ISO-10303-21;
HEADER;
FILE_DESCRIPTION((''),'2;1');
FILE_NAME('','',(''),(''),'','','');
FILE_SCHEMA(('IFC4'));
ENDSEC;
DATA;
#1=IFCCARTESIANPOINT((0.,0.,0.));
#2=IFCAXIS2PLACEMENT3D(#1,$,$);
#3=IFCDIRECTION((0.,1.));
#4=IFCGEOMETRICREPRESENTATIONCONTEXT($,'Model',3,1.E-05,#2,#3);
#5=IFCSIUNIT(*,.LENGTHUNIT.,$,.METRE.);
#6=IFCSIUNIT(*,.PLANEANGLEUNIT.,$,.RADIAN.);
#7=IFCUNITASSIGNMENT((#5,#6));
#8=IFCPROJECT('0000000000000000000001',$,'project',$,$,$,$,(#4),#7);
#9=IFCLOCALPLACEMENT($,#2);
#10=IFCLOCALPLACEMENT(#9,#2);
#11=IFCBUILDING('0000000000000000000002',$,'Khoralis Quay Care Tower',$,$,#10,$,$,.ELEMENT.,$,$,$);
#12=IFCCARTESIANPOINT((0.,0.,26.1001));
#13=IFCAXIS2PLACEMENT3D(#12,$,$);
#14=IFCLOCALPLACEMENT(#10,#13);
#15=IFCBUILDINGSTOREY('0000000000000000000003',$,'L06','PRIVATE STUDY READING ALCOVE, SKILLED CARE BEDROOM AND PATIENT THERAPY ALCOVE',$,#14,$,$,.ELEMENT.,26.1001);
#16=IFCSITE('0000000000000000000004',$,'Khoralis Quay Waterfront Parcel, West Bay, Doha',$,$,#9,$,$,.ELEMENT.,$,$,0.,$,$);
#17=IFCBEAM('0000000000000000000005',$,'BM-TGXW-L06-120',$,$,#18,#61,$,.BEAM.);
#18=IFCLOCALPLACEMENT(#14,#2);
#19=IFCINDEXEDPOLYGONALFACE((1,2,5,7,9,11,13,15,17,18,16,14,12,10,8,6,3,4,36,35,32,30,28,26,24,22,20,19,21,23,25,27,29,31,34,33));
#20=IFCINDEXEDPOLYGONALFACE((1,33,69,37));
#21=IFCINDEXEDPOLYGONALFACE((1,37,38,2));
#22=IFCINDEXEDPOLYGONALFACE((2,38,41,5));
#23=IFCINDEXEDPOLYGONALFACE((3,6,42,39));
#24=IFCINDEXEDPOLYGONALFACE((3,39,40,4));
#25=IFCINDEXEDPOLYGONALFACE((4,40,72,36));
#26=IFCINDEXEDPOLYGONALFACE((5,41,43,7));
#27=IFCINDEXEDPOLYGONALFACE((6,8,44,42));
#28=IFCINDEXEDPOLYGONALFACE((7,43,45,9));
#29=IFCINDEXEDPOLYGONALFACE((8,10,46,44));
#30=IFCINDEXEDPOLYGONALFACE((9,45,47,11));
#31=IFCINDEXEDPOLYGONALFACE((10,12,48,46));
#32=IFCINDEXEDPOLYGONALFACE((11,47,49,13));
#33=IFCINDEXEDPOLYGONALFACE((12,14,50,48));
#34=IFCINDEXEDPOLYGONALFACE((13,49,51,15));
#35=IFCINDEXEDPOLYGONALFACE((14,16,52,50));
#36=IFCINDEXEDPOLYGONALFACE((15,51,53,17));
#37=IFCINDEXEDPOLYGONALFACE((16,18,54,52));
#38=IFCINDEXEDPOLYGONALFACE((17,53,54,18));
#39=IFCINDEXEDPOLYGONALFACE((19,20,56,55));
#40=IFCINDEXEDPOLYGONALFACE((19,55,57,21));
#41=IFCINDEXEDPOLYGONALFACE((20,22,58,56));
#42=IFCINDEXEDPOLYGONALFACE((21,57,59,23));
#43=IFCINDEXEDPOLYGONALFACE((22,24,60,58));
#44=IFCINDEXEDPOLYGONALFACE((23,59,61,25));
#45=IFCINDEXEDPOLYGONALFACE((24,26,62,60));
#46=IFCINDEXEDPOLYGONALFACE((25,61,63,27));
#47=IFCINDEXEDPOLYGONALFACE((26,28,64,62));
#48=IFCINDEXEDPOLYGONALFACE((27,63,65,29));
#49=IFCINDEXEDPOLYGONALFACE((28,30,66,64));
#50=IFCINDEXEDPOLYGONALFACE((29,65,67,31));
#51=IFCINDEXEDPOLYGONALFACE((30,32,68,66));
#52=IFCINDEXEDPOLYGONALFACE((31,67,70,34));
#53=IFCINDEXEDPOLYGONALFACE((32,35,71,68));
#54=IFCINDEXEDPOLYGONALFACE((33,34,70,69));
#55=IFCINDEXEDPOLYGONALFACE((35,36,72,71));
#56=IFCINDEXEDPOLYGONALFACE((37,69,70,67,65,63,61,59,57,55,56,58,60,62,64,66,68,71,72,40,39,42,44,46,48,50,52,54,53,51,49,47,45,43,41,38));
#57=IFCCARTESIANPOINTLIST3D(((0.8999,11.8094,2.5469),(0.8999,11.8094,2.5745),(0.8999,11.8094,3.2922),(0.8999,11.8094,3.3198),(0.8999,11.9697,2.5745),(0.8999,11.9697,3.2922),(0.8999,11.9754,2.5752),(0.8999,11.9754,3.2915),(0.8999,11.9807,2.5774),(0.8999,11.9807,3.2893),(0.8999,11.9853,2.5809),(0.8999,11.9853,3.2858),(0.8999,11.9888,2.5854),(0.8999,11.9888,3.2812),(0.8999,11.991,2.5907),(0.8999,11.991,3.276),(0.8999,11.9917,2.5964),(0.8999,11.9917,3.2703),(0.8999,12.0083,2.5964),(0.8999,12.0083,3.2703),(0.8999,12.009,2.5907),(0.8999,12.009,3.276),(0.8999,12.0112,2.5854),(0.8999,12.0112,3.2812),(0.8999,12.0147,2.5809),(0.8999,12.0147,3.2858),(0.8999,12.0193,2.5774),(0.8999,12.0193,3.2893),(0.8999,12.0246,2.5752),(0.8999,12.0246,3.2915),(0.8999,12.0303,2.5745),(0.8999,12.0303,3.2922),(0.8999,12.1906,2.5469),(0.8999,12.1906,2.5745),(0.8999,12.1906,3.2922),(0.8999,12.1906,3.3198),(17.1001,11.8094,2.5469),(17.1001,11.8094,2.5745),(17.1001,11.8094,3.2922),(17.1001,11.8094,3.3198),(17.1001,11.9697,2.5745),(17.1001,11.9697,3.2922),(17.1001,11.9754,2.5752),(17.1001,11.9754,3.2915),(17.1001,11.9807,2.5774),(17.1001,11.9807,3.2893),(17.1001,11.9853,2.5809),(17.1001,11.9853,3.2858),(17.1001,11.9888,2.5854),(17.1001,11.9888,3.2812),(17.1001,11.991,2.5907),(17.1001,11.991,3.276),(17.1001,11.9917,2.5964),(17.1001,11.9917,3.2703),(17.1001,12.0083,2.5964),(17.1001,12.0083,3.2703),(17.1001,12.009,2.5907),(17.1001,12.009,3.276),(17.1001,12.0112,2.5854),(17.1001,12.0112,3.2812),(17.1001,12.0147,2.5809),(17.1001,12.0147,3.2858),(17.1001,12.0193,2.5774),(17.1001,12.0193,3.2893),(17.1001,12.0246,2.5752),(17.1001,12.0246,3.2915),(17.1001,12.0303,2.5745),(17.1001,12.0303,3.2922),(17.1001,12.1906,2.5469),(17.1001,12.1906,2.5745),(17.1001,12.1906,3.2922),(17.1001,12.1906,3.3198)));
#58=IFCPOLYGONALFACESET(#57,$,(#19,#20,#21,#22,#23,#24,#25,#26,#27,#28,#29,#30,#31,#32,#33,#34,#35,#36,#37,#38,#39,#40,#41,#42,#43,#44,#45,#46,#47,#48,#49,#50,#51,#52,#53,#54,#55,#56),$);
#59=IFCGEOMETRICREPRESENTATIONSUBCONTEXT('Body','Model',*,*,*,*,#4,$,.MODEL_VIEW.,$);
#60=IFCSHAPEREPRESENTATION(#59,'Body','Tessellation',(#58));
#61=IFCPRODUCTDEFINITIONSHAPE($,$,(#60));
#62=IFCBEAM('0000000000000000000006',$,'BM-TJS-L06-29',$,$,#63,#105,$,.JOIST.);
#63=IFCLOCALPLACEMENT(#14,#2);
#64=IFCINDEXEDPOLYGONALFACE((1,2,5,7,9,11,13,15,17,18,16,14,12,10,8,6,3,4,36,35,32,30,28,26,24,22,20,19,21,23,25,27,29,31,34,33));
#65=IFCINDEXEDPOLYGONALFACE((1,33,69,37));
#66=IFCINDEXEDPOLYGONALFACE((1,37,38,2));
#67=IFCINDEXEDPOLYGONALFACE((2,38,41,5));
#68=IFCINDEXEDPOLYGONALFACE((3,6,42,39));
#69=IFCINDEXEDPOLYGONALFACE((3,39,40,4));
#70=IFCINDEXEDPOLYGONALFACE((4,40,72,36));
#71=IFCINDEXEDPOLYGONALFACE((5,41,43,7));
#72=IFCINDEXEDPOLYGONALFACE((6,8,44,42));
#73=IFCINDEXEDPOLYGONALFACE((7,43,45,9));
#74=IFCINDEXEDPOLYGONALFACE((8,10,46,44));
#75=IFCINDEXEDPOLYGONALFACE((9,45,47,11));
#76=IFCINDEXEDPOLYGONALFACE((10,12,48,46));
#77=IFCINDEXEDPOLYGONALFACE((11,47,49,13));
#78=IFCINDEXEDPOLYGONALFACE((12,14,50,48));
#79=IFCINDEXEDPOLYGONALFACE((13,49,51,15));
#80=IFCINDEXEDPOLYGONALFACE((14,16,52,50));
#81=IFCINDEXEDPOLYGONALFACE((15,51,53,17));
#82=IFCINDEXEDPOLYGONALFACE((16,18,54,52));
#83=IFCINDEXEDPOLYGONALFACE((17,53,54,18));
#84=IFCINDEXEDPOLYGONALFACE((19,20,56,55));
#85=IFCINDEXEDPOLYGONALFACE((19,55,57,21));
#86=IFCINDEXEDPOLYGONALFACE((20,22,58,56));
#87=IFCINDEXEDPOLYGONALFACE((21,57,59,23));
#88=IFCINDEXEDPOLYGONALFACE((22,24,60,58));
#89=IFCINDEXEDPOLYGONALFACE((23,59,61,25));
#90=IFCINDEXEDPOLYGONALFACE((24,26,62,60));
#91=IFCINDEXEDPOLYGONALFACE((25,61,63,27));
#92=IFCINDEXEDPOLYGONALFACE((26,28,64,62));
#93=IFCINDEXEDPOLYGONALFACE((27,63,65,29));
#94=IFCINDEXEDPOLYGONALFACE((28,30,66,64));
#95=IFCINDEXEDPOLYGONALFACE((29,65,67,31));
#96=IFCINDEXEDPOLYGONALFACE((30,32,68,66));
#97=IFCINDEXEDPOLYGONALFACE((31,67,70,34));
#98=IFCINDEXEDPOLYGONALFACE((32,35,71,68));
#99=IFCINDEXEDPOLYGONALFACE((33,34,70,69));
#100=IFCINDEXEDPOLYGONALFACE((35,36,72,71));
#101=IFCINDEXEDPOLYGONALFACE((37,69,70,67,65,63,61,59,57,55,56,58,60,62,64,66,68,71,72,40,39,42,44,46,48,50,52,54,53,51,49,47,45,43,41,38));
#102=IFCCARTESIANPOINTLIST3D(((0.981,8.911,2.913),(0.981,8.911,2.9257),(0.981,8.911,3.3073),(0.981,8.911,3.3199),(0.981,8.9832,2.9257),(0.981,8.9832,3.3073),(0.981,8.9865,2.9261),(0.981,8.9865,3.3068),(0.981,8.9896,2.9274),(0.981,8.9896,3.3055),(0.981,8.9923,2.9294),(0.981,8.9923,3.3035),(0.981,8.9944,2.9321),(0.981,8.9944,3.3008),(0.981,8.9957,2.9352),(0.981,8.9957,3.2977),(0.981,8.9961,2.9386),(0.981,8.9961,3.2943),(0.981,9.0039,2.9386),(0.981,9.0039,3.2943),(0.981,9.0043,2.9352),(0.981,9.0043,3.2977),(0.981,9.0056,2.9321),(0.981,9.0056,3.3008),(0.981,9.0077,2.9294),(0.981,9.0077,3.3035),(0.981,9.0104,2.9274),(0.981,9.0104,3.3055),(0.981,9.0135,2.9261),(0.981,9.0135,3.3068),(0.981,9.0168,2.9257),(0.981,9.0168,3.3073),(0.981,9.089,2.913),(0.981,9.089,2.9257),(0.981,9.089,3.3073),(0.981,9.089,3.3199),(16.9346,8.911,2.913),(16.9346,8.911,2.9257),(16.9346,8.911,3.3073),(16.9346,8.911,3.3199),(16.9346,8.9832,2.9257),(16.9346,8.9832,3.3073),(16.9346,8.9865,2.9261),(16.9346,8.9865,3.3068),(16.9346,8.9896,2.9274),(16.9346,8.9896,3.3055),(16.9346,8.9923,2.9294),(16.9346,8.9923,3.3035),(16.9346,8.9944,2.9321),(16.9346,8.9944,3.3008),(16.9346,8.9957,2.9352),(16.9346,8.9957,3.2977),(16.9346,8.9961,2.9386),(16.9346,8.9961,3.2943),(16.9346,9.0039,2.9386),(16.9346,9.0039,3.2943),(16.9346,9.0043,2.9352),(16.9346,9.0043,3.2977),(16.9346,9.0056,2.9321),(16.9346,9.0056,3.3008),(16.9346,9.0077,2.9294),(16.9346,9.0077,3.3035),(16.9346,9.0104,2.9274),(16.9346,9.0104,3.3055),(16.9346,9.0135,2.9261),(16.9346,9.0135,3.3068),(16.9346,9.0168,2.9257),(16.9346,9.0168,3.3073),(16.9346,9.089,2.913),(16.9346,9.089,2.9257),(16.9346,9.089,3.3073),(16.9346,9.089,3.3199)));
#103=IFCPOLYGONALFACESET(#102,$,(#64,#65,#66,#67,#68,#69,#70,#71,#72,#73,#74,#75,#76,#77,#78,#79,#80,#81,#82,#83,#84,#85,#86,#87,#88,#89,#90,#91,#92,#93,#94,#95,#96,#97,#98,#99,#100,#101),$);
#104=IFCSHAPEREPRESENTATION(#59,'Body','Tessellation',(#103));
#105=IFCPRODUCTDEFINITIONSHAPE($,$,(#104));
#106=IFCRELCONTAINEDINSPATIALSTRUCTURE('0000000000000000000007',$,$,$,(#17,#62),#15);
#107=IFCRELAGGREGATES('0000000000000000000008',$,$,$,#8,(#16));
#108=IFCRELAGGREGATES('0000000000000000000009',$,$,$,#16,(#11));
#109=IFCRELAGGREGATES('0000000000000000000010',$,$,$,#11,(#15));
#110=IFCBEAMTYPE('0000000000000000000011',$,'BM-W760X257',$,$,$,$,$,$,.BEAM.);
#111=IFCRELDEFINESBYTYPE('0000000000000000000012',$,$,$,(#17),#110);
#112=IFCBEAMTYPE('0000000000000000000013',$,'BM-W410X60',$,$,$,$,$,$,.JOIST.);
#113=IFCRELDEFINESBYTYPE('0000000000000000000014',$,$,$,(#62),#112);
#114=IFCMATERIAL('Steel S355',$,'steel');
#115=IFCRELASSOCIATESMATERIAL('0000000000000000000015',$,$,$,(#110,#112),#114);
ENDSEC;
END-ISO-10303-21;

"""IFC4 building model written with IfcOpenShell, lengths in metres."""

from ifc_helpers import new_model, si_unit, direction, frame, origin, origin_2d, place, context, subcontext, project, spatial, i_section, extrude, source, transform, mapped, material, material_profile, profile_set, type_object, element, save


model = new_model("IFC4")

# Units and contexts
model_context = context("Model", 3, precision=1e-05, world=origin(), true_north=direction((0.0, 1.0)))
body_context = subcontext(model_context, "Body", "Model", "MODEL_VIEW")
ifc_project = project(units=[si_unit("LENGTHUNIT", "METRE"), si_unit("PLANEANGLEUNIT", "RADIAN")], contexts=[model_context])

# Site, building, storey
site_placement = place(None, origin())
site = spatial("IfcSite", under=ifc_project, at=site_placement, Name="Khoralis Quay Waterfront Parcel, West Bay, Doha", CompositionType="ELEMENT", RefElevation=0.0)
building_placement = place(site_placement, origin())
building = spatial("IfcBuilding", under=site, at=building_placement, Name="Khoralis Quay Care Tower", CompositionType="ELEMENT")
storey_placement = place(building_placement, frame((0.0, 0.0, 26.1001)))
storey = spatial("IfcBuildingStorey", under=building, at=storey_placement, Name="L06", Description="PRIVATE STUDY READING ALCOVE, SKILLED CARE BEDROOM AND PATIENT THERAPY ALCOVE", CompositionType="ELEMENT", Elevation=26.1001)

# Beams
ifc_material_1 = material(Name="Steel S355", Category="steel")
ifc_material_profile_1 = material_profile(ifc_material_1, i_section(OverallWidth=0.3811, OverallDepth=0.7729, WebThickness=0.0166, FlangeThickness=0.0276, FilletRadius=0.022, at=origin_2d()), Name="Steel S355")
ifc_profile_set_1 = profile_set([ifc_material_profile_1], Name="Steel S355")
beam_type_1 = type_object("IfcBeamType", Name="BM-W760X257", PredefinedType="BEAM", material=ifc_profile_set_1)
shared_shape_1 = source(origin(), body_context, "Body", "SweptSolid", [
    extrude(i_section(OverallWidth=0.3811, OverallDepth=0.7729, WebThickness=0.0166, FlangeThickness=0.0276, FilletRadius=0.022, at=origin_2d()), origin(), (0.0, 0.0, 1.0), 16.2002),
])
beam_1_placement = place(storey_placement, frame((0.8999, 12.0, 2.9333), z_axis=(1.0, 0.0, 0.0), x_axis=(0.0, 1.0, 0.0)))
element("IfcBeam", 1, at=beam_1_placement, inside=storey, type_object=beam_type_1, Name="BM-TGXW-L06-120", PredefinedType="BEAM", context=body_context, shape_type="MappedRepresentation", body=[
    mapped(shared_shape_1, transform((0.0, 0.0, 0.0), scale=1.0)),
])
ifc_material_profile_2 = material_profile(ifc_material_1, i_section(OverallWidth=0.178, OverallDepth=0.407, WebThickness=0.0078, FlangeThickness=0.0127, FilletRadius=0.0129, at=origin_2d()), Name="Steel S355")
ifc_profile_set_2 = profile_set([ifc_material_profile_2], Name="Steel S355")
beam_type_2 = type_object("IfcBeamType", Name="BM-W410X60", PredefinedType="JOIST", material=ifc_profile_set_2)
shared_shape_2 = source(origin(), body_context, "Body", "SweptSolid", [
    extrude(i_section(OverallWidth=0.178, OverallDepth=0.407, WebThickness=0.0078, FlangeThickness=0.0127, FilletRadius=0.0129, at=origin_2d()), origin(), (0.0, 0.0, 1.0), 15.9536),
])
beam_2_placement = place(storey_placement, frame((0.981, 9.0, 3.1165), z_axis=(1.0, 0.0, 0.0), x_axis=(0.0, 1.0, 0.0)))
element("IfcBeam", 2, at=beam_2_placement, inside=storey, type_object=beam_type_2, Name="BM-TJS-L06-29", PredefinedType="JOIST", context=body_context, shape_type="MappedRepresentation", body=[
    mapped(shared_shape_2, transform((0.0, 0.0, 0.0), scale=1.0)),
])

save(model, "model.ifc")
